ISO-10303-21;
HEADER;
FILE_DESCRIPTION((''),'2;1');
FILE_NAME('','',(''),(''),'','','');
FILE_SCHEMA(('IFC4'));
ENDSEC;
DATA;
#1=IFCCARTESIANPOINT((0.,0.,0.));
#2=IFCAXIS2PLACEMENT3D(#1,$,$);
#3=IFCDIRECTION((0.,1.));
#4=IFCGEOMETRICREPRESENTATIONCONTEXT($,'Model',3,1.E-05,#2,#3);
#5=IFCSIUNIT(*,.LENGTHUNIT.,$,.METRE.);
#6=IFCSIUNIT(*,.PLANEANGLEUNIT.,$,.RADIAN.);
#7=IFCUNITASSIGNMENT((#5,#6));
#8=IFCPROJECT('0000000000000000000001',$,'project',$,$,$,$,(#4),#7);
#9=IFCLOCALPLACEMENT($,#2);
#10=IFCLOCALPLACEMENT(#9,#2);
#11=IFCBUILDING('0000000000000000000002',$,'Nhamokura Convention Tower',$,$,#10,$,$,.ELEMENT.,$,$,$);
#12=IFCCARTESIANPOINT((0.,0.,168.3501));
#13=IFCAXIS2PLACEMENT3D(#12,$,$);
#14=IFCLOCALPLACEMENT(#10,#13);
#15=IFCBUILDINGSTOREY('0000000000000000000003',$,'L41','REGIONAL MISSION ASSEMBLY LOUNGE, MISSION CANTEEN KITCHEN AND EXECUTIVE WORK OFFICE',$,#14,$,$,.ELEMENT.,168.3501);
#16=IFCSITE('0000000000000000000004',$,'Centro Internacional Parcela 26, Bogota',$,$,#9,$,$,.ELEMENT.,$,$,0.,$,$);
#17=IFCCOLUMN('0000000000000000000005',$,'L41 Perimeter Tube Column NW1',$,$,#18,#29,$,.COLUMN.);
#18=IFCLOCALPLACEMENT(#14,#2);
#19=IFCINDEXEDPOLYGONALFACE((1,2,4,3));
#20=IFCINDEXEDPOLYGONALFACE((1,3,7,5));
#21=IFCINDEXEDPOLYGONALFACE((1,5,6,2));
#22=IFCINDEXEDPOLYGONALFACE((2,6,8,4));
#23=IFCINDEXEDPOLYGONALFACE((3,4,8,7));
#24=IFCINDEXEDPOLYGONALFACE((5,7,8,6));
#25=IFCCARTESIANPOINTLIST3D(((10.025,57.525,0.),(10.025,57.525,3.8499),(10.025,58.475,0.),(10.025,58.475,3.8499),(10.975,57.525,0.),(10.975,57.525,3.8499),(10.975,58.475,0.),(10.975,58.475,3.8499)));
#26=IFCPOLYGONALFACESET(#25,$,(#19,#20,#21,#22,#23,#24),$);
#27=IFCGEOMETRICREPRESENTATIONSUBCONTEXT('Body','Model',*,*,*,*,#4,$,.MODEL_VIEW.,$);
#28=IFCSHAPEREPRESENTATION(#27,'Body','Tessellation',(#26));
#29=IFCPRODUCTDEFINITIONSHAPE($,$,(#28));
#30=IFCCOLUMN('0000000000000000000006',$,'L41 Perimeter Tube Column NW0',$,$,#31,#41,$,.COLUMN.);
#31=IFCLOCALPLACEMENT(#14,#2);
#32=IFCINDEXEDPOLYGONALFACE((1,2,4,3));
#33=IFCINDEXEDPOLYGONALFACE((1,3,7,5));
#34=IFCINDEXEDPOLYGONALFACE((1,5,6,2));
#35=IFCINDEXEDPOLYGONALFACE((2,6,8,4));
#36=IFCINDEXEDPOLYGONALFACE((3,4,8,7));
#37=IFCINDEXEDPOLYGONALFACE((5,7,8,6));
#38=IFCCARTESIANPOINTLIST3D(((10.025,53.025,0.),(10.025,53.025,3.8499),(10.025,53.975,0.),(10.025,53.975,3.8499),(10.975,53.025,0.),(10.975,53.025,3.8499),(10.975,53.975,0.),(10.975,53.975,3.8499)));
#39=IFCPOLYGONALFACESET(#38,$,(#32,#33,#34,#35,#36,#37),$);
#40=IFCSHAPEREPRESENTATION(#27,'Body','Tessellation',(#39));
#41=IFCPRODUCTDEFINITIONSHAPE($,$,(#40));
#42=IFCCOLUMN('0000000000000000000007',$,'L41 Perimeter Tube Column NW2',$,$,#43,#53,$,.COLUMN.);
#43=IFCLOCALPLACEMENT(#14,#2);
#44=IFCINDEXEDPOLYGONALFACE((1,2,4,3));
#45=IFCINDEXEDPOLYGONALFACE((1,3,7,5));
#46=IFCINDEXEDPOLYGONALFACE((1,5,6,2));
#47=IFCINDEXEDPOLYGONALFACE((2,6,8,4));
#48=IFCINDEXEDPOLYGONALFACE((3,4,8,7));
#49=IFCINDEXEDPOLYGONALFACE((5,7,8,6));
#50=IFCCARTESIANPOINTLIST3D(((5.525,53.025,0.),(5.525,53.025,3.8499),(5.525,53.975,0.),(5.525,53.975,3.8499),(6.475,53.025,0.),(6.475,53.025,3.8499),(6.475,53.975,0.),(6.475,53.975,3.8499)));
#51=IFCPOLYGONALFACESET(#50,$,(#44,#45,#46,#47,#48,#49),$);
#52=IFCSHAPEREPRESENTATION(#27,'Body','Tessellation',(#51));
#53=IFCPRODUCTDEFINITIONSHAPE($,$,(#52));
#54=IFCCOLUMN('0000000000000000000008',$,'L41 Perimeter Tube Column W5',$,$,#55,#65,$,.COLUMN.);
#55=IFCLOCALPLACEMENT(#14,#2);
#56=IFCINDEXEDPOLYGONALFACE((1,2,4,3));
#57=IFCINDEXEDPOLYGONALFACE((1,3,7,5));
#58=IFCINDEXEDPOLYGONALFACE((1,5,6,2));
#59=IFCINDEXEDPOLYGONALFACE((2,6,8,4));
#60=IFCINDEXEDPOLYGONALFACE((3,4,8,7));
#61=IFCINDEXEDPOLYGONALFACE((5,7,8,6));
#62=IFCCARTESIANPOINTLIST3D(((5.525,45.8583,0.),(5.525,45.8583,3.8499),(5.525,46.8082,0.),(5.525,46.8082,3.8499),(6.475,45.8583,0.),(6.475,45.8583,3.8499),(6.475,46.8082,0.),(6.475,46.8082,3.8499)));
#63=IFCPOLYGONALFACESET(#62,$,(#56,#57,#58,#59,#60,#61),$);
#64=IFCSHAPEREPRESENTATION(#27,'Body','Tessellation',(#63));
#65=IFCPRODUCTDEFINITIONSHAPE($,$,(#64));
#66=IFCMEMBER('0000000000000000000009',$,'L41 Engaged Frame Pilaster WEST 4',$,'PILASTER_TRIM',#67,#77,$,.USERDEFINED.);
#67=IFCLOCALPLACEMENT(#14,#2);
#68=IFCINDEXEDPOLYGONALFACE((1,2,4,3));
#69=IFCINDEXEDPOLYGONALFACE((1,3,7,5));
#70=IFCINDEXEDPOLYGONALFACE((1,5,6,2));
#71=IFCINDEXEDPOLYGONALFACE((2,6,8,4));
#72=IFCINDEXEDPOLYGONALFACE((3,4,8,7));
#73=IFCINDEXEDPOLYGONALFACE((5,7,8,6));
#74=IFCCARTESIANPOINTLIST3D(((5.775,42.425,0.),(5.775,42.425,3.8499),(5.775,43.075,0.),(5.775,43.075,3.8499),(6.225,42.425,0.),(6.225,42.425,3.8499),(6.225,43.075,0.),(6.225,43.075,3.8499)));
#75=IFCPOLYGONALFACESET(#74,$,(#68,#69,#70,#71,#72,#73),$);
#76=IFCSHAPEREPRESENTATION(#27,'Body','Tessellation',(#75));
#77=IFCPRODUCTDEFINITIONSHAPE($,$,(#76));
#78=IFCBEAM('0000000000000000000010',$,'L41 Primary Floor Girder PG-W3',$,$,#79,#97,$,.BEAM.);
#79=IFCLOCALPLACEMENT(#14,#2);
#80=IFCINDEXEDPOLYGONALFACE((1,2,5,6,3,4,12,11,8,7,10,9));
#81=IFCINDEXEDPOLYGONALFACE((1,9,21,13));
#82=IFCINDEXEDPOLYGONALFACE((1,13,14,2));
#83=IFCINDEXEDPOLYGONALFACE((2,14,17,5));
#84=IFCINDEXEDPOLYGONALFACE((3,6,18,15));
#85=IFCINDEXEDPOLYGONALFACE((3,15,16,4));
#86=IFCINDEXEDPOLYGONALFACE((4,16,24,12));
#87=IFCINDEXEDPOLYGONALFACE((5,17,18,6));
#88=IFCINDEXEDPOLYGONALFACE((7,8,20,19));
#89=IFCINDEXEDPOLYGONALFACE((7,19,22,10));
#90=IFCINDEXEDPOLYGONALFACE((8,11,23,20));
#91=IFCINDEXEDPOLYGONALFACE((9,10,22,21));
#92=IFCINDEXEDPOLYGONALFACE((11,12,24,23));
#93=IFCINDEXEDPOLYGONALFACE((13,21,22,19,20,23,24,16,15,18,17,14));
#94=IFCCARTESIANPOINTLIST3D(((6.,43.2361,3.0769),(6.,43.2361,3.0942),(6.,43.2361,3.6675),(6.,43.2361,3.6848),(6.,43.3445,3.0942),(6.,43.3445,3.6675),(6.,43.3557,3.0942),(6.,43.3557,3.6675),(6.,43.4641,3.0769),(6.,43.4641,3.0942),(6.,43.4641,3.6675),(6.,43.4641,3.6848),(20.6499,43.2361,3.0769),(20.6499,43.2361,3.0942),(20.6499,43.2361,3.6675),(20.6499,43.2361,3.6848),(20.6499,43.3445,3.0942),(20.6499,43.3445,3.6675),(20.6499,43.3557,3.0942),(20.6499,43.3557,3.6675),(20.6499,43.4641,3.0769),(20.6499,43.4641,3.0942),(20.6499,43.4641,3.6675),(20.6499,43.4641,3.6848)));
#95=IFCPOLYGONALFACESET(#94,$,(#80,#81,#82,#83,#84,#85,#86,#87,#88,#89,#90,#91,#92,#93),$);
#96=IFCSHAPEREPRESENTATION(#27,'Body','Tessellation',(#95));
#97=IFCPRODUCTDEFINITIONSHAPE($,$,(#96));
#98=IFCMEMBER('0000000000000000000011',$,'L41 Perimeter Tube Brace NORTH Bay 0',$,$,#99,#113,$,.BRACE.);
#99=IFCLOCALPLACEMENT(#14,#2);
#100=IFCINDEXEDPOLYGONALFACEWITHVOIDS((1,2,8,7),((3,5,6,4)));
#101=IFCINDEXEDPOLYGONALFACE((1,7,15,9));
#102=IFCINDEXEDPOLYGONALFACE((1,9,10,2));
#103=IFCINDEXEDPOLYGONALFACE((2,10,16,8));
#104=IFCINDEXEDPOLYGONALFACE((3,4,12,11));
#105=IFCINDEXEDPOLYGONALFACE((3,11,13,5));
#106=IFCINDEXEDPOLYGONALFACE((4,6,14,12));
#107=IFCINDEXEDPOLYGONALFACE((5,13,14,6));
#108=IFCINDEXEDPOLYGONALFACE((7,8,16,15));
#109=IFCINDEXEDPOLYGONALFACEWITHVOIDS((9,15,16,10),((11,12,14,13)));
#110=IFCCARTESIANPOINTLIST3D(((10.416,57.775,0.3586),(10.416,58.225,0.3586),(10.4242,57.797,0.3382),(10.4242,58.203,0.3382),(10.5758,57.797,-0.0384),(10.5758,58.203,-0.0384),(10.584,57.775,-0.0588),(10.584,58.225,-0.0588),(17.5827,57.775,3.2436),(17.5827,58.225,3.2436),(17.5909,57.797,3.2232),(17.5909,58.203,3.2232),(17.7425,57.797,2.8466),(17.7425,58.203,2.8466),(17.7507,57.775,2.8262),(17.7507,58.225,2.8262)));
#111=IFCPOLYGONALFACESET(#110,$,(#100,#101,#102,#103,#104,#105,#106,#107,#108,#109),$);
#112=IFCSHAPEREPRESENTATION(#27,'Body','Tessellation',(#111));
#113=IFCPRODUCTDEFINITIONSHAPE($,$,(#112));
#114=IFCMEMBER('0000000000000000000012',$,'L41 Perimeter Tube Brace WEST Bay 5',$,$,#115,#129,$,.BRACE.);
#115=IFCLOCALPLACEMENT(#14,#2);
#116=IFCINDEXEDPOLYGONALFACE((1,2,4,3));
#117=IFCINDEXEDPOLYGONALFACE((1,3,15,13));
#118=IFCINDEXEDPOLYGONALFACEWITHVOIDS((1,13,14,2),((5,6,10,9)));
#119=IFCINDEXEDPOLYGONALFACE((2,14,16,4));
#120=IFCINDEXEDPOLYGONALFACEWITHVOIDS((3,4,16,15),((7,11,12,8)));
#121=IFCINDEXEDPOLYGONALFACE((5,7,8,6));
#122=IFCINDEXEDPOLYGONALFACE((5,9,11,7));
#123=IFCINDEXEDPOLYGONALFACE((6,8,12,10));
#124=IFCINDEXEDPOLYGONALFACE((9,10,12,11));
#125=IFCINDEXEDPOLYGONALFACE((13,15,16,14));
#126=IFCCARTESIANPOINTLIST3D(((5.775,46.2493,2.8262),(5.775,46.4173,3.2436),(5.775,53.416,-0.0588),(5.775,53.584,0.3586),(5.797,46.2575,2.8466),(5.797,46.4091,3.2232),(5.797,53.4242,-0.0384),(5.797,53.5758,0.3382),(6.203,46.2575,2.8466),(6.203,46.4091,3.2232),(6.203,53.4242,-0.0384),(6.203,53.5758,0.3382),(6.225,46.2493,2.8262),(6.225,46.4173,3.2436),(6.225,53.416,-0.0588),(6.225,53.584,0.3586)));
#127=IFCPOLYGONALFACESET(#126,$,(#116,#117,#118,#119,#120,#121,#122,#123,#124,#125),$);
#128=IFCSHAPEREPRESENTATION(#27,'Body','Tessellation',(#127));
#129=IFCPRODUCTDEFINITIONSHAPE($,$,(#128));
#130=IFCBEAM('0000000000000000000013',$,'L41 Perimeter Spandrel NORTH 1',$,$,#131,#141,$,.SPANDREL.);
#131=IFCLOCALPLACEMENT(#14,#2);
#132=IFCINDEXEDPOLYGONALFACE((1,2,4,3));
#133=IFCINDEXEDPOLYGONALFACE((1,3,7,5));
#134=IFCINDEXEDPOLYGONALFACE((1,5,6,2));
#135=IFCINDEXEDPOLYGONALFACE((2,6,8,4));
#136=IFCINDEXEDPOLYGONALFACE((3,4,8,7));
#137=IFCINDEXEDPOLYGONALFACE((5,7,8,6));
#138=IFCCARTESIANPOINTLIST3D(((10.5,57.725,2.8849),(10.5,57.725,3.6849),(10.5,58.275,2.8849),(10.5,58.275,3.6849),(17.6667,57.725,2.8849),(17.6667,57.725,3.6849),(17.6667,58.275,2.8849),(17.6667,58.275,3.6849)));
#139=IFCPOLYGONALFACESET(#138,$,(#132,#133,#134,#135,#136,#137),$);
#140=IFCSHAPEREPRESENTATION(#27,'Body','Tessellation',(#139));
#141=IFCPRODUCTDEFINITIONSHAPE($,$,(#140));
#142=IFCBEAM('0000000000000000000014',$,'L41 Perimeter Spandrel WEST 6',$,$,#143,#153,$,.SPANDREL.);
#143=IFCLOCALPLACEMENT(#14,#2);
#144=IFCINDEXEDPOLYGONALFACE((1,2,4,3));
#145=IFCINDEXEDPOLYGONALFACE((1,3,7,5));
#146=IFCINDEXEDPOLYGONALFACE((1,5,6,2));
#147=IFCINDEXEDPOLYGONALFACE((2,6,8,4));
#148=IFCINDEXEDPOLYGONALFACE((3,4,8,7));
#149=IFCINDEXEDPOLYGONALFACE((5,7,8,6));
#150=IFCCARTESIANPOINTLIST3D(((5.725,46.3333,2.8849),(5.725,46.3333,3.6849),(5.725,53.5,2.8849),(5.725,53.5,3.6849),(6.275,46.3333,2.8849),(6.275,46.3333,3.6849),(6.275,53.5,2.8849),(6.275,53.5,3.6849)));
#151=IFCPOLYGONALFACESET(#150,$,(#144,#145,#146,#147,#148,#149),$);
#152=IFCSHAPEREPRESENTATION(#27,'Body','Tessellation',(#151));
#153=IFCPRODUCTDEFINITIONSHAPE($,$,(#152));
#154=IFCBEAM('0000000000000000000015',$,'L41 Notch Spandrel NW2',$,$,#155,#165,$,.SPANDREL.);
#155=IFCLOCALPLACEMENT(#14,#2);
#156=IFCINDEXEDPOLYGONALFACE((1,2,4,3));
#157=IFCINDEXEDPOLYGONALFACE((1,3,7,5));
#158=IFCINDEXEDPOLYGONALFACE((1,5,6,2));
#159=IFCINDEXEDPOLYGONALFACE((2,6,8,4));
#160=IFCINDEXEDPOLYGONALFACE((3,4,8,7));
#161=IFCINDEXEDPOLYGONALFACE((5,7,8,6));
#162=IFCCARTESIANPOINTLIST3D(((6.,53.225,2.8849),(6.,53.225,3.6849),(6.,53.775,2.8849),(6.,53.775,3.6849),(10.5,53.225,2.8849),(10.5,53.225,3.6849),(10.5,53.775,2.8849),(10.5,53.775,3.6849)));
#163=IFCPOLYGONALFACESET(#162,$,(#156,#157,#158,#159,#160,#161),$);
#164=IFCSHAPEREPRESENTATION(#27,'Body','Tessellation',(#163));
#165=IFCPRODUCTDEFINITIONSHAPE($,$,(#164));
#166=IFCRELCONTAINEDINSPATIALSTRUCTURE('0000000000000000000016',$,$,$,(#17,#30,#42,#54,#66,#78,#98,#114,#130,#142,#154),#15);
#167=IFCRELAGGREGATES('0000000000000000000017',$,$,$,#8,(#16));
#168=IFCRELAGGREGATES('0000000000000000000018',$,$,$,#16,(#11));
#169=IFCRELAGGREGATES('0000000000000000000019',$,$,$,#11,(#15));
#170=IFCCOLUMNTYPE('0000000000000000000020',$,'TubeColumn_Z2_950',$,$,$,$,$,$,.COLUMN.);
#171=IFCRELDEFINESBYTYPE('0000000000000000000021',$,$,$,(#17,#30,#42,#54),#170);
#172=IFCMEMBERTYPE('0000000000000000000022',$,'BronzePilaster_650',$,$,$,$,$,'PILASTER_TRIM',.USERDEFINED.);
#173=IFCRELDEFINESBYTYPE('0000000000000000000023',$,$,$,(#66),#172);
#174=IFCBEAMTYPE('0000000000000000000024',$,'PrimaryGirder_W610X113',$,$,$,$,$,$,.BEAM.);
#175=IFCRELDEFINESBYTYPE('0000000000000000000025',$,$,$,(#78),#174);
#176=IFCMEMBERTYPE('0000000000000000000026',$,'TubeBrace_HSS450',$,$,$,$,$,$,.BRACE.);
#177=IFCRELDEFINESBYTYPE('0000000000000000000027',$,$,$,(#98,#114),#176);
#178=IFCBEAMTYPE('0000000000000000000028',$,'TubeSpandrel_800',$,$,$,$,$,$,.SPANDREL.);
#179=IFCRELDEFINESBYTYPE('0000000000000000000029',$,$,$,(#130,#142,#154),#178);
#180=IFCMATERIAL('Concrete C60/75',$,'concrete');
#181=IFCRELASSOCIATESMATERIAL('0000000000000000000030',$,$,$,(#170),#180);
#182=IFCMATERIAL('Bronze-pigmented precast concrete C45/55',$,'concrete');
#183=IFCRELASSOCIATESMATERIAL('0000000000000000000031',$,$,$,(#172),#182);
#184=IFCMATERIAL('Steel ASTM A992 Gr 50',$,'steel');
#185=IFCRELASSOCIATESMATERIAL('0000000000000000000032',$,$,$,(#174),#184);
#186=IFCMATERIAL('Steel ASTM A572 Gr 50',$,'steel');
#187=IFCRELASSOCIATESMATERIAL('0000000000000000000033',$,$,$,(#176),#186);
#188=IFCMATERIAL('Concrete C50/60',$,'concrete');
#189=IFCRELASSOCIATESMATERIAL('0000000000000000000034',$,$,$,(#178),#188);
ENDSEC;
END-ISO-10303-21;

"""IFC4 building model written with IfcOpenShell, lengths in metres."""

from ifc_helpers import new_model, si_unit, direction, frame, origin, origin_2d, place, context, subcontext, project, spatial, rectangle, hollow_rectangle, i_section, extrude, material, material_profile, profile_set, type_object, element, save


model = new_model("IFC4")

# Units and contexts
model_context = context("Model", 3, precision=1e-05, world=origin(), true_north=direction((0.0, 1.0)))
body_context = subcontext(model_context, "Body", "Model", "MODEL_VIEW")
ifc_project = project(units=[si_unit("LENGTHUNIT", "METRE"), si_unit("PLANEANGLEUNIT", "RADIAN")], contexts=[model_context])

# Site, building, storey
site_placement = place(None, origin())
site = spatial("IfcSite", under=ifc_project, at=site_placement, Name="Centro Internacional Parcela 26, Bogota", CompositionType="ELEMENT", RefElevation=0.0)
building_placement = place(site_placement, origin())
building = spatial("IfcBuilding", under=site, at=building_placement, Name="Nhamokura Convention Tower", CompositionType="ELEMENT")
storey_placement = place(building_placement, frame((0.0, 0.0, 168.3501)))
storey = spatial("IfcBuildingStorey", under=building, at=storey_placement, Name="L41", Description="REGIONAL MISSION ASSEMBLY LOUNGE, MISSION CANTEEN KITCHEN AND EXECUTIVE WORK OFFICE", CompositionType="ELEMENT", Elevation=168.3501)

# Columns
ifc_material_1 = material(Name="Concrete C60/75", Category="concrete")
ifc_material_profile_1 = material_profile(ifc_material_1, rectangle(XDim=0.95, YDim=0.95, at=origin_2d()))
ifc_profile_set_1 = profile_set([ifc_material_profile_1], Name="Concrete C60/75")
column_type = type_object("IfcColumnType", Name="TubeColumn_Z2_950", PredefinedType="COLUMN", material=ifc_profile_set_1)
for number, where, z_axis, x_axis, name in (
    (1, (10.5, 58.0, 0.0), (0.0, 0.0, 1.0), (1.0, 0.0, 0.0), "L41 Perimeter Tube Column NW1"),
    (2, (10.5, 53.5, 0.0), (0.0, 0.0, 1.0), (1.0, 0.0, 0.0), "L41 Perimeter Tube Column NW0"),
    (3, (6.0, 53.5, 0.0), (0.0, 0.0, 1.0), (1.0, 0.0, 0.0), "L41 Perimeter Tube Column NW2"),
    (4, (6.0, 46.3333, 0.0), (0.0, 0.0, 1.0), (1.0, 0.0, 0.0), "L41 Perimeter Tube Column W5"),
):
    element("IfcColumn", number, at=place(storey_placement, frame(where, z_axis=z_axis, x_axis=x_axis)), inside=storey, type_object=column_type, Name=name, PredefinedType="COLUMN", context=body_context, shape_type="SweptSolid", body=[
        extrude(rectangle(XDim=0.95, YDim=0.95, at=origin_2d()), origin(), (0.0, 0.0, 1.0), 3.8499),
    ])

# Member
ifc_material_2 = material(Name="Bronze-pigmented precast concrete C45/55", Category="concrete")
ifc_material_profile_2 = material_profile(ifc_material_2, rectangle(XDim=0.45, YDim=0.6499, at=origin_2d()))
ifc_profile_set_2 = profile_set([ifc_material_profile_2], Name="Bronze-pigmented precast concrete C45/55")
member_type_1 = type_object("IfcMemberType", Name="BronzePilaster_650", ElementType="PILASTER_TRIM", PredefinedType="USERDEFINED", material=ifc_profile_set_2)
member_placement = place(storey_placement, frame((6.0, 42.75, 0.0), z_axis=(0.0, 0.0, 1.0), x_axis=(1.0, 0.0, 0.0)))
element("IfcMember", 5, at=member_placement, inside=storey, type_object=member_type_1, Name="L41 Engaged Frame Pilaster WEST 4", ObjectType="PILASTER_TRIM", PredefinedType="USERDEFINED", context=body_context, shape_type="SweptSolid", body=[
    extrude(rectangle(XDim=0.45, YDim=0.6499, at=origin_2d()), origin(), (0.0, 0.0, 1.0), 3.8499),
])

# Beam
ifc_material_3 = material(Name="Steel ASTM A992 Gr 50", Category="steel")
ifc_material_profile_3 = material_profile(ifc_material_3, i_section(OverallWidth=0.228, OverallDepth=0.6079, WebThickness=0.0112, FlangeThickness=0.0173, at=origin_2d()))
ifc_profile_set_3 = profile_set([ifc_material_profile_3], Name="Steel ASTM A992 Gr 50")
beam_type_1 = type_object("IfcBeamType", Name="PrimaryGirder_W610X113", PredefinedType="BEAM", material=ifc_profile_set_3)
beam_1_placement = place(storey_placement, frame((6.0, 43.3501, 3.3809), z_axis=(1.0, 0.0, 0.0), x_axis=(0.0, 1.0, 0.0)))
element("IfcBeam", 6, at=beam_1_placement, inside=storey, type_object=beam_type_1, Name="L41 Primary Floor Girder PG-W3", PredefinedType="BEAM", context=body_context, shape_type="SweptSolid", body=[
    extrude(i_section(OverallWidth=0.228, OverallDepth=0.6079, WebThickness=0.0112, FlangeThickness=0.0173, at=origin_2d()), origin(), (0.0, 0.0, 1.0), 14.6499),
])

# Members
ifc_material_4 = material(Name="Steel ASTM A572 Gr 50", Category="steel")
ifc_material_profile_4 = material_profile(ifc_material_4, hollow_rectangle(XDim=0.45, YDim=0.45, WallThickness=0.022, at=origin_2d()))
ifc_profile_set_4 = profile_set([ifc_material_profile_4], Name="Steel ASTM A572 Gr 50")
member_type_2 = type_object("IfcMemberType", Name="TubeBrace_HSS450", PredefinedType="BRACE", material=ifc_profile_set_4)
for number, where, z_axis, x_axis, name in (
    (7, (10.5, 58.0, 0.1499), (0.927657, 0.0, 0.373433), (0.0, 1.0, 0.0), "L41 Perimeter Tube Brace NORTH Bay 0"),
    (8, (6.0, 53.5, 0.1499), (0.0, -0.927657, 0.373433), (1.0, 0.0, 0.0), "L41 Perimeter Tube Brace WEST Bay 5"),
):
    element("IfcMember", number, at=place(storey_placement, frame(where, z_axis=z_axis, x_axis=x_axis)), inside=storey, type_object=member_type_2, Name=name, PredefinedType="BRACE", context=body_context, shape_type="SweptSolid", body=[
        extrude(hollow_rectangle(XDim=0.45, YDim=0.45, WallThickness=0.022, at=origin_2d()), origin(), (0.0, 0.0, 1.0), 7.7256),
    ])

# Beams
ifc_material_5 = material(Name="Concrete C50/60", Category="concrete")
ifc_material_profile_5 = material_profile(ifc_material_5, rectangle(XDim=0.55, YDim=0.8, at=origin_2d()))
ifc_profile_set_5 = profile_set([ifc_material_profile_5], Name="Concrete C50/60")
beam_type_2 = type_object("IfcBeamType", Name="TubeSpandrel_800", PredefinedType="SPANDREL", material=ifc_profile_set_5)
for number, where, z_axis, x_axis, name in (
    (9, (10.5, 58.0, 3.2849), (1.0, 0.0, 0.0), (0.0, 1.0, 0.0), "L41 Perimeter Spandrel NORTH 1"),
    (10, (6.0, 46.3333, 3.2849), (0.0, 1.0, 0.0), (-1.0, 0.0, 0.0), "L41 Perimeter Spandrel WEST 6"),
):
    element("IfcBeam", number, at=place(storey_placement, frame(where, z_axis=z_axis, x_axis=x_axis)), inside=storey, type_object=beam_type_2, Name=name, PredefinedType="SPANDREL", context=body_context, shape_type="SweptSolid", body=[
        extrude(rectangle(XDim=0.55, YDim=0.8, at=origin_2d()), origin(), (0.0, 0.0, 1.0), 7.1667),
    ])
beam_2_placement = place(storey_placement, frame((10.5, 53.5, 3.2849), z_axis=(-1.0, 0.0, 0.0), x_axis=(0.0, -1.0, 0.0)))
element("IfcBeam", 11, at=beam_2_placement, inside=storey, type_object=beam_type_2, Name="L41 Notch Spandrel NW2", PredefinedType="SPANDREL", context=body_context, shape_type="SweptSolid", body=[
    extrude(rectangle(XDim=0.55, YDim=0.8, at=origin_2d()), origin(), (0.0, 0.0, 1.0), 4.5),
])

save(model, "model.ifc")
